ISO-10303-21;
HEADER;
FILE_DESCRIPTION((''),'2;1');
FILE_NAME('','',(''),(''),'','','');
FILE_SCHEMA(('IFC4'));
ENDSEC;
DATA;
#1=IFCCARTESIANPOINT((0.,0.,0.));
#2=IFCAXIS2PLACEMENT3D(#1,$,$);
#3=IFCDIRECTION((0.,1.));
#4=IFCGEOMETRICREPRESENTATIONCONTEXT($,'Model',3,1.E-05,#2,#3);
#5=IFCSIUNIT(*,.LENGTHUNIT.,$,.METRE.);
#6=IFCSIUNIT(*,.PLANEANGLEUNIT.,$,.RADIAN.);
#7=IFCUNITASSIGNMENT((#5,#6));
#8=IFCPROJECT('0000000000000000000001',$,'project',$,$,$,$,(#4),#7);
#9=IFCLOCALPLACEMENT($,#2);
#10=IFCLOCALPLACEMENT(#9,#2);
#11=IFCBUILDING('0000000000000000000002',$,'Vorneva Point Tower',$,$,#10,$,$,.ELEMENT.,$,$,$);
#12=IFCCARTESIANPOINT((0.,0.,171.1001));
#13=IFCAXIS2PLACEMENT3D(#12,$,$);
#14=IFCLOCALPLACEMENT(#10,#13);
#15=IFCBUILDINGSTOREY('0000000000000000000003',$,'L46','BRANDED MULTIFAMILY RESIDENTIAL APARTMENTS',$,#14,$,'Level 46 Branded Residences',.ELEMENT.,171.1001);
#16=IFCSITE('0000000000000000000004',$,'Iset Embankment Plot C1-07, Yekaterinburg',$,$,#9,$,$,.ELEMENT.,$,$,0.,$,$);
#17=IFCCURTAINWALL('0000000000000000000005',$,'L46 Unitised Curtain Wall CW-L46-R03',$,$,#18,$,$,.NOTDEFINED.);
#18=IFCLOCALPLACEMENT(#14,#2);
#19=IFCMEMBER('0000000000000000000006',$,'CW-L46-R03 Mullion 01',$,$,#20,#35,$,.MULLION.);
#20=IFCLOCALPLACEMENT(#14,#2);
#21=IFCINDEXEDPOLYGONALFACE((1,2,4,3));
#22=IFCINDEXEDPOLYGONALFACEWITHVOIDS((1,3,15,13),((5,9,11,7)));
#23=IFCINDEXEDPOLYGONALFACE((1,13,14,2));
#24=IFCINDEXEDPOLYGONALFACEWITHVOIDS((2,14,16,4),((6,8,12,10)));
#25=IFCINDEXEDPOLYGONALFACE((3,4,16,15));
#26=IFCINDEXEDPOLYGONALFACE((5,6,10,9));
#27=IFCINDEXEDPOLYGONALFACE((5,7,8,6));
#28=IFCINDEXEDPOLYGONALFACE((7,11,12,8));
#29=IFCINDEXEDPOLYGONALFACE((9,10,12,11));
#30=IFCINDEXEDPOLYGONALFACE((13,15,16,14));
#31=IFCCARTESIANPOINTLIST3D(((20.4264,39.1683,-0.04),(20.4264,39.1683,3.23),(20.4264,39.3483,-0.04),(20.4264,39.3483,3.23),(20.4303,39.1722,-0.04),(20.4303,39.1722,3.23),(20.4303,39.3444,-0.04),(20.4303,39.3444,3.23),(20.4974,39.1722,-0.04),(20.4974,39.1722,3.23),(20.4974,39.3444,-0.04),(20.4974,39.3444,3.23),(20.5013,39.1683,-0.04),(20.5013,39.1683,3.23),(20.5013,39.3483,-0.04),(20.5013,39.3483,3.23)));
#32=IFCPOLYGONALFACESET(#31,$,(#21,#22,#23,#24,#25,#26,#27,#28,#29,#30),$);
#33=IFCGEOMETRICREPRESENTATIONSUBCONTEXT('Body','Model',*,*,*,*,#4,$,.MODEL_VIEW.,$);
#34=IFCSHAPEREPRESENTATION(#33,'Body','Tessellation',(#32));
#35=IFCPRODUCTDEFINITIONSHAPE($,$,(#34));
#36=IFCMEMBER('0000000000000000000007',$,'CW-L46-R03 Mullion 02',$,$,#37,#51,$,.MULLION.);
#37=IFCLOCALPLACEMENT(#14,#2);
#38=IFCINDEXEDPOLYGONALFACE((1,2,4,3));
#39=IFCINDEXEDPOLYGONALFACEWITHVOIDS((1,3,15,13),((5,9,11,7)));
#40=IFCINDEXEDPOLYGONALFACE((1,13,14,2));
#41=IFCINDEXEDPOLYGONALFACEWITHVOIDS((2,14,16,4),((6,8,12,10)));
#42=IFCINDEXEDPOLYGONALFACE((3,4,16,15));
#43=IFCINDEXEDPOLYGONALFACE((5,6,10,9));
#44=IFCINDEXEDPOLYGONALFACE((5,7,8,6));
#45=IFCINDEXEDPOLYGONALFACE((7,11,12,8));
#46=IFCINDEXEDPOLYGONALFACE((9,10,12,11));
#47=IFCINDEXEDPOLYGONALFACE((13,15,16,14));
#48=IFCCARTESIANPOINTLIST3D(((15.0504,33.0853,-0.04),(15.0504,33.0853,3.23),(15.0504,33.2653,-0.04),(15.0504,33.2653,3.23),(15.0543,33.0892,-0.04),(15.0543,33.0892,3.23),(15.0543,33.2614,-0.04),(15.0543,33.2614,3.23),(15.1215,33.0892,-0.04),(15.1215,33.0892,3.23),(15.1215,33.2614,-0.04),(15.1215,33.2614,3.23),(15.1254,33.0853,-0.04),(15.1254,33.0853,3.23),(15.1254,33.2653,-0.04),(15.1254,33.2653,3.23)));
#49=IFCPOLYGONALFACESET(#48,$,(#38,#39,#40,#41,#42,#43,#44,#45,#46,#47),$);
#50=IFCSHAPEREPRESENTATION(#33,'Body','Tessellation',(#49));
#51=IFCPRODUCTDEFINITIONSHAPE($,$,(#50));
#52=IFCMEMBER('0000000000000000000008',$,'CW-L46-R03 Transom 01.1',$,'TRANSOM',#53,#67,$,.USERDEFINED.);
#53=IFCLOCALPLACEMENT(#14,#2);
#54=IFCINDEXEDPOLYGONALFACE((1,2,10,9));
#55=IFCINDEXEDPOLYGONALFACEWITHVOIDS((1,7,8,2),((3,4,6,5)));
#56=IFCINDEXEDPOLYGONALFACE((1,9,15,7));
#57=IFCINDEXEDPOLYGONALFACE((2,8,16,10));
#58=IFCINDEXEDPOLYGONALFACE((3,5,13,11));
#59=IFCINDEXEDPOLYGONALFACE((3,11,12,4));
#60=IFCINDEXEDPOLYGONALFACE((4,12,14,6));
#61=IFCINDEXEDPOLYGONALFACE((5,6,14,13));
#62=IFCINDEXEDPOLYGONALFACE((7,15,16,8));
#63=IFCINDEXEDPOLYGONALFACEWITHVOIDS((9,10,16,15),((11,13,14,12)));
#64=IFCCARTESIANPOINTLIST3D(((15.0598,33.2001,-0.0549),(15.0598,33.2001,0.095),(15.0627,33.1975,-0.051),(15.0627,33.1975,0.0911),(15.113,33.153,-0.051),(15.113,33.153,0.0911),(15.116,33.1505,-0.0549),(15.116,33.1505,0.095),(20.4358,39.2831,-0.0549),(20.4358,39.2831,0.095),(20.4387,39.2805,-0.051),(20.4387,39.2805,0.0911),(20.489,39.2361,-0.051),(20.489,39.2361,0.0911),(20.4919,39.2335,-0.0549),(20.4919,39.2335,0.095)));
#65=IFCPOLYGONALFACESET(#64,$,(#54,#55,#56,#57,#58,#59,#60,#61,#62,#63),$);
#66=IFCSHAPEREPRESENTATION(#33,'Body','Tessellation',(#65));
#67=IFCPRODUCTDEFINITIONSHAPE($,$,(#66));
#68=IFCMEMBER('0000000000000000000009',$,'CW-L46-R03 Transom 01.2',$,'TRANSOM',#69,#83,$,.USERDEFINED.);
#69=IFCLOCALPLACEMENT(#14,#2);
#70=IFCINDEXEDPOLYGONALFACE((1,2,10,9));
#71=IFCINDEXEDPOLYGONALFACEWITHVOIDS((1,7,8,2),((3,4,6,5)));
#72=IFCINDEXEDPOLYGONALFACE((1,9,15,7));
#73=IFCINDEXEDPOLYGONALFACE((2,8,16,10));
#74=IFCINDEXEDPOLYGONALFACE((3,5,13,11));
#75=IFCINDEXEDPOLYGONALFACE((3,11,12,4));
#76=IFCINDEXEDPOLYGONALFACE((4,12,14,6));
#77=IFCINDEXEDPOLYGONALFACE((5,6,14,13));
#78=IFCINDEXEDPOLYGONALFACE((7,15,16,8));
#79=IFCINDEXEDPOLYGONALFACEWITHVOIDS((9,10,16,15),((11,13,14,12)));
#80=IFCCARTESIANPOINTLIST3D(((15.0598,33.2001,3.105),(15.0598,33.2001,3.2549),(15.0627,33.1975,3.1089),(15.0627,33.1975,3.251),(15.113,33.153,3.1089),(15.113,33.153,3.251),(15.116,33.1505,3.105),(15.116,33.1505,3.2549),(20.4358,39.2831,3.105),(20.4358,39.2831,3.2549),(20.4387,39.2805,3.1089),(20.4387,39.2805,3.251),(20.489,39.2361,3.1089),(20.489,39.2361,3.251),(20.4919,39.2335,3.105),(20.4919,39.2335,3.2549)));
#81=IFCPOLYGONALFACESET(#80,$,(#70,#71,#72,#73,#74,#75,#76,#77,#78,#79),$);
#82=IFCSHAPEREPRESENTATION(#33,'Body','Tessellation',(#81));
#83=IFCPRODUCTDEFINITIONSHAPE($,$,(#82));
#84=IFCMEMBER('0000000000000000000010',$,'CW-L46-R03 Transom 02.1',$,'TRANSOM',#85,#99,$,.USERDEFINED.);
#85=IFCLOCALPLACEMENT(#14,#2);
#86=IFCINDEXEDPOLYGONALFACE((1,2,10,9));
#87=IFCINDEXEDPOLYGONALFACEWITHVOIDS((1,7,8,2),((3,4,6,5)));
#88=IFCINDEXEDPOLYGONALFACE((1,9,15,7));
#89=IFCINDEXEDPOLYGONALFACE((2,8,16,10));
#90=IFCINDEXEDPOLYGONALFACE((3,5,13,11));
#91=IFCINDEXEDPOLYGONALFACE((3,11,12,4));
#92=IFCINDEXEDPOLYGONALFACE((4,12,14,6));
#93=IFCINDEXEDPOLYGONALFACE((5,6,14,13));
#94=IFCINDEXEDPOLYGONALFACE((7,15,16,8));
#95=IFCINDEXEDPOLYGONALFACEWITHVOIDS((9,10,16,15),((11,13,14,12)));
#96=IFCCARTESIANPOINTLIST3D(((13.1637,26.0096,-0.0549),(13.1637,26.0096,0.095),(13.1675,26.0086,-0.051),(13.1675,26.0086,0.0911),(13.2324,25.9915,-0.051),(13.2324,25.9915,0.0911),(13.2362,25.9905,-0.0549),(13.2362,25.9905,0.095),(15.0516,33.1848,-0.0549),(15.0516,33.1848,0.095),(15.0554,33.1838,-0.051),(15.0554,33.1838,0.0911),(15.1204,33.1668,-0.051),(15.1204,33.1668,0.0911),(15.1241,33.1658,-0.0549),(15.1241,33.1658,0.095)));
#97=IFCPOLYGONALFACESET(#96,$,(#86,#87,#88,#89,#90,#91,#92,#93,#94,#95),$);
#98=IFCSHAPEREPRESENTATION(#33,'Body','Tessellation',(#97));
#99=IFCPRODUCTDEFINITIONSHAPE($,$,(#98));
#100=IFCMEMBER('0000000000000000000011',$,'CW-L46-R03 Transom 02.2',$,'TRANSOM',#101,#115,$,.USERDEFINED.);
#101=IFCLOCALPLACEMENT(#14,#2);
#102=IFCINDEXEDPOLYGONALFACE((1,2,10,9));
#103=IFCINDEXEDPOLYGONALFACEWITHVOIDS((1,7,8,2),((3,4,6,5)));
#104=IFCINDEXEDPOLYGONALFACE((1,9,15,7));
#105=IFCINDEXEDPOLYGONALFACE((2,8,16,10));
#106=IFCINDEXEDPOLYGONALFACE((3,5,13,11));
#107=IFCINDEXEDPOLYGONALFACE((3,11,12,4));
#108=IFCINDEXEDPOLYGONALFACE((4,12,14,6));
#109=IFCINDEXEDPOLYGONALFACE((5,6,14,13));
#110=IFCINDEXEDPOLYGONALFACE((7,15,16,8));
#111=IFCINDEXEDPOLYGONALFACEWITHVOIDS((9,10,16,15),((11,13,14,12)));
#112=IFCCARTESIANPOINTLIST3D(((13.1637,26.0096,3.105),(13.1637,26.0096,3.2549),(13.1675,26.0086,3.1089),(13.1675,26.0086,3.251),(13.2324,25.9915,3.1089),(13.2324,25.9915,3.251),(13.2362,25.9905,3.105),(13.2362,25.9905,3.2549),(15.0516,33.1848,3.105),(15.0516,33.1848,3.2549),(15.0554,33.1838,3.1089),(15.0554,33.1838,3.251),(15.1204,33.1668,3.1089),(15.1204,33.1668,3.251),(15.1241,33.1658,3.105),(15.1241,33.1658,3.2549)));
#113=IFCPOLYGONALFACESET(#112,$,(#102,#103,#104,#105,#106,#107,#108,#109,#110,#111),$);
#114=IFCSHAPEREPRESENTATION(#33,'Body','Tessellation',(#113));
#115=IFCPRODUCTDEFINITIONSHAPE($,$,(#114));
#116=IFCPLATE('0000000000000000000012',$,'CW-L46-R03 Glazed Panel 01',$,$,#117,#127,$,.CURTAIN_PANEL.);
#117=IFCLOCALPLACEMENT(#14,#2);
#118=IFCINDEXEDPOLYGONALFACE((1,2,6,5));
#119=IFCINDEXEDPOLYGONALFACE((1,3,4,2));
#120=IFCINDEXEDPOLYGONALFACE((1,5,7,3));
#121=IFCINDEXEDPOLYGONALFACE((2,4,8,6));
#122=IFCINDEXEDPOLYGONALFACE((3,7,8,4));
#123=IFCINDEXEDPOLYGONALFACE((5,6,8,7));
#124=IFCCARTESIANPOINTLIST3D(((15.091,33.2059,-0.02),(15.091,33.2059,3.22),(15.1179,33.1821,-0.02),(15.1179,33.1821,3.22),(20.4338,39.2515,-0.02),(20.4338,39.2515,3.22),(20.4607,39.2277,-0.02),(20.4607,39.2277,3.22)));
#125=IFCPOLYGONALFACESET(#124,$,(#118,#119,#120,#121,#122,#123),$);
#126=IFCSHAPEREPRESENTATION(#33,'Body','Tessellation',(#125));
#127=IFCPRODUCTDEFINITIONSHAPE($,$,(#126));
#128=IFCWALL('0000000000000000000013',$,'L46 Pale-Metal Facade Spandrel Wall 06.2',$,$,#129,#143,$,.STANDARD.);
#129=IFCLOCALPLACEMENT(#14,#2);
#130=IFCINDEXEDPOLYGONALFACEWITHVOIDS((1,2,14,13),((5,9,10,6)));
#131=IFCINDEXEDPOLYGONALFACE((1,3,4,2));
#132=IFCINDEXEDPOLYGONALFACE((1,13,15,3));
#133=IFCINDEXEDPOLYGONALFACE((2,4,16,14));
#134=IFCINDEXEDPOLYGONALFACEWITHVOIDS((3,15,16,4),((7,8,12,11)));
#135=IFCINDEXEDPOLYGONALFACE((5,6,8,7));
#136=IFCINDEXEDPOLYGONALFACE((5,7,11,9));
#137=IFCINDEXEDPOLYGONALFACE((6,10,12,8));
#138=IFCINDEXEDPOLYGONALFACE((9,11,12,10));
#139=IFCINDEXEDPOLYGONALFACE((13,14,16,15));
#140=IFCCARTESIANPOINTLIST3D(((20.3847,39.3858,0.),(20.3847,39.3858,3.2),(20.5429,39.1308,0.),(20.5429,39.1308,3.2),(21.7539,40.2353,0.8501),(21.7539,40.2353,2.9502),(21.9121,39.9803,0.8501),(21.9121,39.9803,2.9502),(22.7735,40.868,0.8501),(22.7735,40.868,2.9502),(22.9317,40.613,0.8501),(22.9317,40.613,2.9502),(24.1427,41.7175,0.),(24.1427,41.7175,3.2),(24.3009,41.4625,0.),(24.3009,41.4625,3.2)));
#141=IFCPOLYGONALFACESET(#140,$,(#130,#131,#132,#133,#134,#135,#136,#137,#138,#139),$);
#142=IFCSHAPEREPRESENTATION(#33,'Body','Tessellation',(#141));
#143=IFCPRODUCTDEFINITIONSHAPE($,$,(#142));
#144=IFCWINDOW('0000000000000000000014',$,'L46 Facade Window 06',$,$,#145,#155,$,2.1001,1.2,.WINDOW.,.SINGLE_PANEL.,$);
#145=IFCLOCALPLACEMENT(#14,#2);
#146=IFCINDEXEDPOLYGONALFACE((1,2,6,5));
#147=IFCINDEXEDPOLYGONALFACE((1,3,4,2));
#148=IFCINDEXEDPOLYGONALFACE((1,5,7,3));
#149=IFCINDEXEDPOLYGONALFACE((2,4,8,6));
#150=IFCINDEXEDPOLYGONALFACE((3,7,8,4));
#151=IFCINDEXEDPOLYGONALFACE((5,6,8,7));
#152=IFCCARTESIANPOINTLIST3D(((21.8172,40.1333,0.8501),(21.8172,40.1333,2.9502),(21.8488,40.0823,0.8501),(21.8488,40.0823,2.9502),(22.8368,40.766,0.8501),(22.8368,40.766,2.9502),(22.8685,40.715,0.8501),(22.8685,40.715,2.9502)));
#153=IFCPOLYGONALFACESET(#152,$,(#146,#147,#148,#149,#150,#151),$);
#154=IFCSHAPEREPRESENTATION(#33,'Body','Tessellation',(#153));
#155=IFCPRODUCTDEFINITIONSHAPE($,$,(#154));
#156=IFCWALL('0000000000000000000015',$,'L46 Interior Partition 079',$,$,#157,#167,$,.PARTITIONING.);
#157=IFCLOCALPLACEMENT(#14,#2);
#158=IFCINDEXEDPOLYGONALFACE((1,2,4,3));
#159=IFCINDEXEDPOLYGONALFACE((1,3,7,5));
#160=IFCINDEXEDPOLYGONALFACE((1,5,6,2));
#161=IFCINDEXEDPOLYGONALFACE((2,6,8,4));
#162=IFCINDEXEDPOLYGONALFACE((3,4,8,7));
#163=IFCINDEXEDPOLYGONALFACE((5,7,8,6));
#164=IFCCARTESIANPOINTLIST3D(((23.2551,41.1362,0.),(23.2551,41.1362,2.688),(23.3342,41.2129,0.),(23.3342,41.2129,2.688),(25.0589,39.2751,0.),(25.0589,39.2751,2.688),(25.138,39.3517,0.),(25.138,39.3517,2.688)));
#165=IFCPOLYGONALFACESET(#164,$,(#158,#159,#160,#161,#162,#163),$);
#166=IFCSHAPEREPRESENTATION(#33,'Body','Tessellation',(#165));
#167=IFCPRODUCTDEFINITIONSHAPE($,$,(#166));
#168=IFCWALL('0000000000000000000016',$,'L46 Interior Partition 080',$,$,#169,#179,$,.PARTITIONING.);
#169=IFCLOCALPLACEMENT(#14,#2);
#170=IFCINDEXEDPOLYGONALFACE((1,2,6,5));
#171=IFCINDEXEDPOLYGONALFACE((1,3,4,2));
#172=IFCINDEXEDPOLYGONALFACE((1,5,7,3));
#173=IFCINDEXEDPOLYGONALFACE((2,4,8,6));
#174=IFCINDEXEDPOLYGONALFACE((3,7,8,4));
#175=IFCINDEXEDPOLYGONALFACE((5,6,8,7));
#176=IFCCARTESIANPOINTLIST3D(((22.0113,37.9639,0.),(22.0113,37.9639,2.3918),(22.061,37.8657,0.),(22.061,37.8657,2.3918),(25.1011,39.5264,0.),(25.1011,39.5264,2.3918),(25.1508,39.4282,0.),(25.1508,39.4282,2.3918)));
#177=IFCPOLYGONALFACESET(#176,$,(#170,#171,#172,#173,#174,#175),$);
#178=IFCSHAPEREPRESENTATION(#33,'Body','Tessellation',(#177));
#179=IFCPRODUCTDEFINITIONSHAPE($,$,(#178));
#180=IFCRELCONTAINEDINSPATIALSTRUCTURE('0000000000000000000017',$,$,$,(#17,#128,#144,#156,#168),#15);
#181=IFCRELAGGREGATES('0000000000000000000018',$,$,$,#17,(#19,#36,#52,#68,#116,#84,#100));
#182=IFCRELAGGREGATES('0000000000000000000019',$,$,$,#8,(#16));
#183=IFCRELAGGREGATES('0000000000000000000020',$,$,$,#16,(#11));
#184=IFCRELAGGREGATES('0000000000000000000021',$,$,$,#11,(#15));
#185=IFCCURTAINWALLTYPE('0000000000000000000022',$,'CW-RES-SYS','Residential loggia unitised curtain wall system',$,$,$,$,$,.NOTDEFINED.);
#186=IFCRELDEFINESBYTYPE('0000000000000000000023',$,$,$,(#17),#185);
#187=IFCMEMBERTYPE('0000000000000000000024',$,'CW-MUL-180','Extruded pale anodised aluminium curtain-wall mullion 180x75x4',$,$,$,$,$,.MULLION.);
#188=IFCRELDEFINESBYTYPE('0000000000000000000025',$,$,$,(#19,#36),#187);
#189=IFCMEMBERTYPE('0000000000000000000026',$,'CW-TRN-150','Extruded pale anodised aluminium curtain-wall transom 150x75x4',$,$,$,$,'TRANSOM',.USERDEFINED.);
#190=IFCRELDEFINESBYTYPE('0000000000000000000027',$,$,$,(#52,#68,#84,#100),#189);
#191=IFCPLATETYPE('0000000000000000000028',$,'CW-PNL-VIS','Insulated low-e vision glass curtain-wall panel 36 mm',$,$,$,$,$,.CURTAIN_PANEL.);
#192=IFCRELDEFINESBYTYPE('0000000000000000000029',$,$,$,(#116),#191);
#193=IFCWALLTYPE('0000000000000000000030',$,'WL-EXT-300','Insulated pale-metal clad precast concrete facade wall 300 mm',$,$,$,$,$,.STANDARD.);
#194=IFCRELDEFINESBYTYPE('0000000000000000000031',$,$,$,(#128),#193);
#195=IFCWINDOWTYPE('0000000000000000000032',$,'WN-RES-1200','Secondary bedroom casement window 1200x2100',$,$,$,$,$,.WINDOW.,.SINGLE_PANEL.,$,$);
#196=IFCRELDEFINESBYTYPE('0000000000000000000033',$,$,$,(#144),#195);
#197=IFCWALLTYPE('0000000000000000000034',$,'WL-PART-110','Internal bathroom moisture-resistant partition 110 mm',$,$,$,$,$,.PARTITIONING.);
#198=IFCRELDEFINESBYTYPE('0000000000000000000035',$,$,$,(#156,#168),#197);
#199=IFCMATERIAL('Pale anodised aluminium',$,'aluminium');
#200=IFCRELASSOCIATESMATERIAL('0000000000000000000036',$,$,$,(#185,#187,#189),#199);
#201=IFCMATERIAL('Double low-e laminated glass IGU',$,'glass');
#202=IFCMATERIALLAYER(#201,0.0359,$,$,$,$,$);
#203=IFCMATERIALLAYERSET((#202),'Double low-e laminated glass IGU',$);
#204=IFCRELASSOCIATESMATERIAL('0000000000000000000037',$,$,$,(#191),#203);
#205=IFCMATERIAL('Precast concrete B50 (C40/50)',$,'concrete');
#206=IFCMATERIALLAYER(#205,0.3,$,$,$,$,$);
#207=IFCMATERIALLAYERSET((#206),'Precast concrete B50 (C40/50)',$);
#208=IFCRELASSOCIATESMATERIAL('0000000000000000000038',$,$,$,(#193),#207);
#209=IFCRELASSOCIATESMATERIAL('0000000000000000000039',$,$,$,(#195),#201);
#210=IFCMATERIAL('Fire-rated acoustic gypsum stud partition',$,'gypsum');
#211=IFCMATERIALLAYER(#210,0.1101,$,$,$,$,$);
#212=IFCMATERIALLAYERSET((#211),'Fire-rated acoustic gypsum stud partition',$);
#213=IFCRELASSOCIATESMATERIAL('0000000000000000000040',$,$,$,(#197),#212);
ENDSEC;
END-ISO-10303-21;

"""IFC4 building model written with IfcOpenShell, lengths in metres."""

from ifc_helpers import new_model, si_unit, direction, frame, frame_2d, origin, origin_2d, place, context, subcontext, project, spatial, rectangle, hollow_rectangle, extrude, material, layer, layer_set, material_profile, profile_set, type_object, element, fill, aggregate, save


model = new_model("IFC4")

# Units and contexts
model_context = context("Model", 3, precision=1e-05, world=origin(), true_north=direction((0.0, 1.0)))
body_context = subcontext(model_context, "Body", "Model", "MODEL_VIEW")
ifc_project = project(units=[si_unit("LENGTHUNIT", "METRE"), si_unit("PLANEANGLEUNIT", "RADIAN")], contexts=[model_context])

# Site, building, storey
site_placement = place(None, origin())
site = spatial("IfcSite", under=ifc_project, at=site_placement, Name="Iset Embankment Plot C1-07, Yekaterinburg", CompositionType="ELEMENT", RefElevation=0.0)
building_placement = place(site_placement, origin())
building = spatial("IfcBuilding", under=site, at=building_placement, Name="Vorneva Point Tower", CompositionType="ELEMENT")
storey_placement = place(building_placement, frame((0.0, 0.0, 171.1001)))
storey = spatial("IfcBuildingStorey", under=building, at=storey_placement, Name="L46", Description="BRANDED MULTIFAMILY RESIDENTIAL APARTMENTS", LongName="Level 46 Branded Residences", CompositionType="ELEMENT", Elevation=171.1001)

# Curtain wall, members, plate
ifc_material_1 = material(Name="Pale anodised aluminium", Category="aluminium")
curtain_wall_type = type_object("IfcCurtainWallType", Name="CW-RES-SYS", Description="Residential loggia unitised curtain wall system", PredefinedType="NOTDEFINED", material=ifc_material_1)
curtain_wall_placement = place(storey_placement, origin())
curtain_wall = element("IfcCurtainWall", 1, at=curtain_wall_placement, inside=storey, type_object=curtain_wall_type, Name="L46 Unitised Curtain Wall CW-L46-R03", PredefinedType="NOTDEFINED")
ifc_material_profile_1 = material_profile(ifc_material_1, hollow_rectangle(XDim=0.075, YDim=0.1799, WallThickness=0.0039, at=origin_2d()), Name="AL-MUL 180x75x4")
ifc_profile_set_1 = profile_set([ifc_material_profile_1], Name="Pale anodised aluminium")
member_type_1 = type_object("IfcMemberType", Name="CW-MUL-180", Description="Extruded pale anodised aluminium curtain-wall mullion 180x75x4", PredefinedType="MULLION", material=ifc_profile_set_1)
member_1_placement = place(storey_placement, frame((20.4639, 39.2583, -0.04), z_axis=(0.0, 0.0, 1.0), x_axis=(1.0, 0.0, 0.0)))
member_1 = element("IfcMember", 2, at=member_1_placement, type_object=member_type_1, Name="CW-L46-R03 Mullion 01", PredefinedType="MULLION", context=body_context, shape_type="SweptSolid", body=[
    extrude(hollow_rectangle(XDim=0.075, YDim=0.1799, WallThickness=0.0039, at=origin_2d()), origin(), (0.0, 0.0, 1.0), 3.27),
])
member_2_placement = place(storey_placement, frame((15.0879, 33.1753, -0.04), z_axis=(0.0, 0.0, 1.0), x_axis=(1.0, 0.0, 0.0)))
member_2 = element("IfcMember", 3, at=member_2_placement, type_object=member_type_1, Name="CW-L46-R03 Mullion 02", PredefinedType="MULLION", context=body_context, shape_type="SweptSolid", body=[
    extrude(hollow_rectangle(XDim=0.075, YDim=0.1799, WallThickness=0.0039, at=origin_2d()), origin(), (0.0, 0.0, 1.0), 3.27),
])
ifc_material_profile_2 = material_profile(ifc_material_1, hollow_rectangle(XDim=0.075, YDim=0.1499, WallThickness=0.0039, at=origin_2d()), Name="AL-TRN 150x75x4")
ifc_profile_set_2 = profile_set([ifc_material_profile_2], Name="Pale anodised aluminium")
member_type_2 = type_object("IfcMemberType", Name="CW-TRN-150", Description="Extruded pale anodised aluminium curtain-wall transom 150x75x4", ElementType="TRANSOM", PredefinedType="USERDEFINED", material=ifc_profile_set_2)
member_3_placement = place(storey_placement, frame((20.4639, 39.2583, 0.02), z_axis=(-0.662218, -0.749311, 0.0), x_axis=(0.749311, -0.662218, 0.0)))
member_3 = element("IfcMember", 4, at=member_3_placement, type_object=member_type_2, Name="CW-L46-R03 Transom 01.1", ObjectType="TRANSOM", PredefinedType="USERDEFINED", context=body_context, shape_type="SweptSolid", body=[
    extrude(hollow_rectangle(XDim=0.075, YDim=0.1499, WallThickness=0.0039, at=origin_2d()), origin(), (0.0, 0.0, 1.0), 8.1182),
])
member_4_placement = place(storey_placement, frame((20.4639, 39.2583, 3.1799), z_axis=(-0.662218, -0.749311, 0.0), x_axis=(0.749311, -0.662218, 0.0)))
member_4 = element("IfcMember", 5, at=member_4_placement, type_object=member_type_2, Name="CW-L46-R03 Transom 01.2", ObjectType="TRANSOM", PredefinedType="USERDEFINED", context=body_context, shape_type="SweptSolid", body=[
    extrude(hollow_rectangle(XDim=0.075, YDim=0.1499, WallThickness=0.0039, at=origin_2d()), origin(), (0.0, 0.0, 1.0), 8.1182),
])
member_5_placement = place(storey_placement, frame((15.0879, 33.1753, 0.02), z_axis=(-0.254456, -0.967084, 0.0), x_axis=(0.967084, -0.254456, 0.0)))
member_5 = element("IfcMember", 6, at=member_5_placement, type_object=member_type_2, Name="CW-L46-R03 Transom 02.1", ObjectType="TRANSOM", PredefinedType="USERDEFINED", context=body_context, shape_type="SweptSolid", body=[
    extrude(hollow_rectangle(XDim=0.075, YDim=0.1499, WallThickness=0.0039, at=origin_2d()), origin(), (0.0, 0.0, 1.0), 7.4194),
])
member_6_placement = place(storey_placement, frame((15.0879, 33.1753, 3.1799), z_axis=(-0.254456, -0.967084, 0.0), x_axis=(0.967084, -0.254456, 0.0)))
member_6 = element("IfcMember", 7, at=member_6_placement, type_object=member_type_2, Name="CW-L46-R03 Transom 02.2", ObjectType="TRANSOM", PredefinedType="USERDEFINED", context=body_context, shape_type="SweptSolid", body=[
    extrude(hollow_rectangle(XDim=0.075, YDim=0.1499, WallThickness=0.0039, at=origin_2d()), origin(), (0.0, 0.0, 1.0), 7.4194),
])
ifc_material_2 = material(Name="Double low-e laminated glass IGU", Category="glass")
ifc_layer_1 = layer(ifc_material_2, 0.0359)
ifc_layer_set_1 = layer_set([ifc_layer_1], Name="Double low-e laminated glass IGU")
plate_type = type_object("IfcPlateType", Name="CW-PNL-VIS", Description="Insulated low-e vision glass curtain-wall panel 36 mm", PredefinedType="CURTAIN_PANEL", material=ifc_layer_set_1)
plate_placement = place(storey_placement, frame((17.7759, 36.2168, -0.02), z_axis=(0.0, 0.0, 1.0), x_axis=(-0.662215, -0.749314, 0.0)))
plate = element("IfcPlate", 8, at=plate_placement, type_object=plate_type, Name="CW-L46-R03 Glazed Panel 01", PredefinedType="CURTAIN_PANEL", context=body_context, shape_type="SweptSolid", body=[
    extrude(rectangle(XDim=8.0681, YDim=0.0359, at=origin_2d()), origin(), (0.0, 0.0, 1.0), 3.24),
])
aggregate(curtain_wall, [member_1, member_2, member_3, member_4, plate, member_5, member_6])

# Wall, opening, window
ifc_material_3 = material(Name="Precast concrete B50 (C40/50)", Category="concrete")
ifc_layer_2 = layer(ifc_material_3, 0.3)
ifc_layer_set_2 = layer_set([ifc_layer_2], Name="Precast concrete B50 (C40/50)")
wall_type_1 = type_object("IfcWallType", Name="WL-EXT-300", Description="Insulated pale-metal clad precast concrete facade wall 300 mm", PredefinedType="STANDARD", material=ifc_layer_set_2)
wall_1_placement = place(storey_placement, frame((24.2219, 41.5901, 0.0), z_axis=(0.0, 0.0, 1.0), x_axis=(-0.849721, -0.527232, 0.0)))
wall_1 = element("IfcWall", 9, at=wall_1_placement, inside=storey, type_object=wall_type_1, Name="L46 Pale-Metal Facade Spandrel Wall 06.2", PredefinedType="STANDARD", context=body_context, shape_type="SweptSolid", body=[
    extrude(rectangle(XDim=4.4226, YDim=0.3, at=frame_2d((2.2114, 0.0))), origin(), (0.0, 0.0, 1.0), 3.2),
])
opening_1_placement = place(wall_1_placement, frame((1.6113, 0.0, 0.8501)))
opening_1 = element("IfcOpeningElement", 10, at=opening_1_placement, cuts=wall_1, PredefinedType="OPENING", context=body_context, shape_type="SweptSolid", body=[
    extrude(rectangle(XDim=1.2, YDim=2.1001, at=frame_2d((0.6001, 1.05))), frame((0.0, 0.165, 0.0), z_axis=(0.0, -1.0, 0.0), x_axis=(1.0, 0.0, 0.0)), (0.0, 0.0, 1.0), 0.3298),
])
window_type = type_object("IfcWindowType", Name="WN-RES-1200", Description="Secondary bedroom casement window 1200x2100", PartitioningType="SINGLE_PANEL", PredefinedType="WINDOW", material=ifc_material_2)
window_placement = place(opening_1_placement, origin())
window = element("IfcWindow", 11, at=window_placement, inside=storey, type_object=window_type, Name="L46 Facade Window 06", OverallHeight=2.1001, OverallWidth=1.2, PartitioningType="SINGLE_PANEL", PredefinedType="WINDOW", context=body_context, shape_type="SweptSolid", body=[
    extrude(rectangle(XDim=1.2, YDim=2.1001, at=frame_2d((0.6001, 1.05))), frame((0.0, 0.03, 0.0), z_axis=(0.0, -1.0, 0.0), x_axis=(1.0, 0.0, 0.0)), (0.0, 0.0, 1.0), 0.0601),
])
fill(opening_1, window)

# Walls
ifc_material_4 = material(Name="Fire-rated acoustic gypsum stud partition", Category="gypsum")
ifc_layer_3 = layer(ifc_material_4, 0.1101)
ifc_layer_set_3 = layer_set([ifc_layer_3], Name="Fire-rated acoustic gypsum stud partition")
wall_type_2 = type_object("IfcWallType", Name="WL-PART-110", Description="Internal bathroom moisture-resistant partition 110 mm", PredefinedType="PARTITIONING", material=ifc_layer_set_3)
wall_2_placement = place(storey_placement, frame((23.2947, 41.1746, 0.0), z_axis=(0.0, 0.0, 1.0), x_axis=(0.695952, -0.718089, 0.0)))
element("IfcWall", 12, at=wall_2_placement, inside=storey, type_object=wall_type_2, Name="L46 Interior Partition 079", PredefinedType="PARTITIONING", context=body_context, shape_type="SweptSolid", body=[
    extrude(rectangle(XDim=2.5918, YDim=0.1101, at=frame_2d((1.2959, 0.0))), origin(), (0.0, 0.0, 1.0), 2.688),
])
wall_3_placement = place(storey_placement, frame((25.126, 39.4773, 0.0), z_axis=(0.0, 0.0, 1.0), x_axis=(-0.892387, -0.45127, 0.0)))
element("IfcWall", 13, at=wall_3_placement, inside=storey, type_object=wall_type_2, Name="L46 Interior Partition 080", PredefinedType="PARTITIONING", context=body_context, shape_type="SweptSolid", body=[
    extrude(rectangle(XDim=3.4624, YDim=0.1101, at=frame_2d((1.7312, 0.0))), origin(), (0.0, 0.0, 1.0), 2.3918),
])

save(model, "model.ifc")
